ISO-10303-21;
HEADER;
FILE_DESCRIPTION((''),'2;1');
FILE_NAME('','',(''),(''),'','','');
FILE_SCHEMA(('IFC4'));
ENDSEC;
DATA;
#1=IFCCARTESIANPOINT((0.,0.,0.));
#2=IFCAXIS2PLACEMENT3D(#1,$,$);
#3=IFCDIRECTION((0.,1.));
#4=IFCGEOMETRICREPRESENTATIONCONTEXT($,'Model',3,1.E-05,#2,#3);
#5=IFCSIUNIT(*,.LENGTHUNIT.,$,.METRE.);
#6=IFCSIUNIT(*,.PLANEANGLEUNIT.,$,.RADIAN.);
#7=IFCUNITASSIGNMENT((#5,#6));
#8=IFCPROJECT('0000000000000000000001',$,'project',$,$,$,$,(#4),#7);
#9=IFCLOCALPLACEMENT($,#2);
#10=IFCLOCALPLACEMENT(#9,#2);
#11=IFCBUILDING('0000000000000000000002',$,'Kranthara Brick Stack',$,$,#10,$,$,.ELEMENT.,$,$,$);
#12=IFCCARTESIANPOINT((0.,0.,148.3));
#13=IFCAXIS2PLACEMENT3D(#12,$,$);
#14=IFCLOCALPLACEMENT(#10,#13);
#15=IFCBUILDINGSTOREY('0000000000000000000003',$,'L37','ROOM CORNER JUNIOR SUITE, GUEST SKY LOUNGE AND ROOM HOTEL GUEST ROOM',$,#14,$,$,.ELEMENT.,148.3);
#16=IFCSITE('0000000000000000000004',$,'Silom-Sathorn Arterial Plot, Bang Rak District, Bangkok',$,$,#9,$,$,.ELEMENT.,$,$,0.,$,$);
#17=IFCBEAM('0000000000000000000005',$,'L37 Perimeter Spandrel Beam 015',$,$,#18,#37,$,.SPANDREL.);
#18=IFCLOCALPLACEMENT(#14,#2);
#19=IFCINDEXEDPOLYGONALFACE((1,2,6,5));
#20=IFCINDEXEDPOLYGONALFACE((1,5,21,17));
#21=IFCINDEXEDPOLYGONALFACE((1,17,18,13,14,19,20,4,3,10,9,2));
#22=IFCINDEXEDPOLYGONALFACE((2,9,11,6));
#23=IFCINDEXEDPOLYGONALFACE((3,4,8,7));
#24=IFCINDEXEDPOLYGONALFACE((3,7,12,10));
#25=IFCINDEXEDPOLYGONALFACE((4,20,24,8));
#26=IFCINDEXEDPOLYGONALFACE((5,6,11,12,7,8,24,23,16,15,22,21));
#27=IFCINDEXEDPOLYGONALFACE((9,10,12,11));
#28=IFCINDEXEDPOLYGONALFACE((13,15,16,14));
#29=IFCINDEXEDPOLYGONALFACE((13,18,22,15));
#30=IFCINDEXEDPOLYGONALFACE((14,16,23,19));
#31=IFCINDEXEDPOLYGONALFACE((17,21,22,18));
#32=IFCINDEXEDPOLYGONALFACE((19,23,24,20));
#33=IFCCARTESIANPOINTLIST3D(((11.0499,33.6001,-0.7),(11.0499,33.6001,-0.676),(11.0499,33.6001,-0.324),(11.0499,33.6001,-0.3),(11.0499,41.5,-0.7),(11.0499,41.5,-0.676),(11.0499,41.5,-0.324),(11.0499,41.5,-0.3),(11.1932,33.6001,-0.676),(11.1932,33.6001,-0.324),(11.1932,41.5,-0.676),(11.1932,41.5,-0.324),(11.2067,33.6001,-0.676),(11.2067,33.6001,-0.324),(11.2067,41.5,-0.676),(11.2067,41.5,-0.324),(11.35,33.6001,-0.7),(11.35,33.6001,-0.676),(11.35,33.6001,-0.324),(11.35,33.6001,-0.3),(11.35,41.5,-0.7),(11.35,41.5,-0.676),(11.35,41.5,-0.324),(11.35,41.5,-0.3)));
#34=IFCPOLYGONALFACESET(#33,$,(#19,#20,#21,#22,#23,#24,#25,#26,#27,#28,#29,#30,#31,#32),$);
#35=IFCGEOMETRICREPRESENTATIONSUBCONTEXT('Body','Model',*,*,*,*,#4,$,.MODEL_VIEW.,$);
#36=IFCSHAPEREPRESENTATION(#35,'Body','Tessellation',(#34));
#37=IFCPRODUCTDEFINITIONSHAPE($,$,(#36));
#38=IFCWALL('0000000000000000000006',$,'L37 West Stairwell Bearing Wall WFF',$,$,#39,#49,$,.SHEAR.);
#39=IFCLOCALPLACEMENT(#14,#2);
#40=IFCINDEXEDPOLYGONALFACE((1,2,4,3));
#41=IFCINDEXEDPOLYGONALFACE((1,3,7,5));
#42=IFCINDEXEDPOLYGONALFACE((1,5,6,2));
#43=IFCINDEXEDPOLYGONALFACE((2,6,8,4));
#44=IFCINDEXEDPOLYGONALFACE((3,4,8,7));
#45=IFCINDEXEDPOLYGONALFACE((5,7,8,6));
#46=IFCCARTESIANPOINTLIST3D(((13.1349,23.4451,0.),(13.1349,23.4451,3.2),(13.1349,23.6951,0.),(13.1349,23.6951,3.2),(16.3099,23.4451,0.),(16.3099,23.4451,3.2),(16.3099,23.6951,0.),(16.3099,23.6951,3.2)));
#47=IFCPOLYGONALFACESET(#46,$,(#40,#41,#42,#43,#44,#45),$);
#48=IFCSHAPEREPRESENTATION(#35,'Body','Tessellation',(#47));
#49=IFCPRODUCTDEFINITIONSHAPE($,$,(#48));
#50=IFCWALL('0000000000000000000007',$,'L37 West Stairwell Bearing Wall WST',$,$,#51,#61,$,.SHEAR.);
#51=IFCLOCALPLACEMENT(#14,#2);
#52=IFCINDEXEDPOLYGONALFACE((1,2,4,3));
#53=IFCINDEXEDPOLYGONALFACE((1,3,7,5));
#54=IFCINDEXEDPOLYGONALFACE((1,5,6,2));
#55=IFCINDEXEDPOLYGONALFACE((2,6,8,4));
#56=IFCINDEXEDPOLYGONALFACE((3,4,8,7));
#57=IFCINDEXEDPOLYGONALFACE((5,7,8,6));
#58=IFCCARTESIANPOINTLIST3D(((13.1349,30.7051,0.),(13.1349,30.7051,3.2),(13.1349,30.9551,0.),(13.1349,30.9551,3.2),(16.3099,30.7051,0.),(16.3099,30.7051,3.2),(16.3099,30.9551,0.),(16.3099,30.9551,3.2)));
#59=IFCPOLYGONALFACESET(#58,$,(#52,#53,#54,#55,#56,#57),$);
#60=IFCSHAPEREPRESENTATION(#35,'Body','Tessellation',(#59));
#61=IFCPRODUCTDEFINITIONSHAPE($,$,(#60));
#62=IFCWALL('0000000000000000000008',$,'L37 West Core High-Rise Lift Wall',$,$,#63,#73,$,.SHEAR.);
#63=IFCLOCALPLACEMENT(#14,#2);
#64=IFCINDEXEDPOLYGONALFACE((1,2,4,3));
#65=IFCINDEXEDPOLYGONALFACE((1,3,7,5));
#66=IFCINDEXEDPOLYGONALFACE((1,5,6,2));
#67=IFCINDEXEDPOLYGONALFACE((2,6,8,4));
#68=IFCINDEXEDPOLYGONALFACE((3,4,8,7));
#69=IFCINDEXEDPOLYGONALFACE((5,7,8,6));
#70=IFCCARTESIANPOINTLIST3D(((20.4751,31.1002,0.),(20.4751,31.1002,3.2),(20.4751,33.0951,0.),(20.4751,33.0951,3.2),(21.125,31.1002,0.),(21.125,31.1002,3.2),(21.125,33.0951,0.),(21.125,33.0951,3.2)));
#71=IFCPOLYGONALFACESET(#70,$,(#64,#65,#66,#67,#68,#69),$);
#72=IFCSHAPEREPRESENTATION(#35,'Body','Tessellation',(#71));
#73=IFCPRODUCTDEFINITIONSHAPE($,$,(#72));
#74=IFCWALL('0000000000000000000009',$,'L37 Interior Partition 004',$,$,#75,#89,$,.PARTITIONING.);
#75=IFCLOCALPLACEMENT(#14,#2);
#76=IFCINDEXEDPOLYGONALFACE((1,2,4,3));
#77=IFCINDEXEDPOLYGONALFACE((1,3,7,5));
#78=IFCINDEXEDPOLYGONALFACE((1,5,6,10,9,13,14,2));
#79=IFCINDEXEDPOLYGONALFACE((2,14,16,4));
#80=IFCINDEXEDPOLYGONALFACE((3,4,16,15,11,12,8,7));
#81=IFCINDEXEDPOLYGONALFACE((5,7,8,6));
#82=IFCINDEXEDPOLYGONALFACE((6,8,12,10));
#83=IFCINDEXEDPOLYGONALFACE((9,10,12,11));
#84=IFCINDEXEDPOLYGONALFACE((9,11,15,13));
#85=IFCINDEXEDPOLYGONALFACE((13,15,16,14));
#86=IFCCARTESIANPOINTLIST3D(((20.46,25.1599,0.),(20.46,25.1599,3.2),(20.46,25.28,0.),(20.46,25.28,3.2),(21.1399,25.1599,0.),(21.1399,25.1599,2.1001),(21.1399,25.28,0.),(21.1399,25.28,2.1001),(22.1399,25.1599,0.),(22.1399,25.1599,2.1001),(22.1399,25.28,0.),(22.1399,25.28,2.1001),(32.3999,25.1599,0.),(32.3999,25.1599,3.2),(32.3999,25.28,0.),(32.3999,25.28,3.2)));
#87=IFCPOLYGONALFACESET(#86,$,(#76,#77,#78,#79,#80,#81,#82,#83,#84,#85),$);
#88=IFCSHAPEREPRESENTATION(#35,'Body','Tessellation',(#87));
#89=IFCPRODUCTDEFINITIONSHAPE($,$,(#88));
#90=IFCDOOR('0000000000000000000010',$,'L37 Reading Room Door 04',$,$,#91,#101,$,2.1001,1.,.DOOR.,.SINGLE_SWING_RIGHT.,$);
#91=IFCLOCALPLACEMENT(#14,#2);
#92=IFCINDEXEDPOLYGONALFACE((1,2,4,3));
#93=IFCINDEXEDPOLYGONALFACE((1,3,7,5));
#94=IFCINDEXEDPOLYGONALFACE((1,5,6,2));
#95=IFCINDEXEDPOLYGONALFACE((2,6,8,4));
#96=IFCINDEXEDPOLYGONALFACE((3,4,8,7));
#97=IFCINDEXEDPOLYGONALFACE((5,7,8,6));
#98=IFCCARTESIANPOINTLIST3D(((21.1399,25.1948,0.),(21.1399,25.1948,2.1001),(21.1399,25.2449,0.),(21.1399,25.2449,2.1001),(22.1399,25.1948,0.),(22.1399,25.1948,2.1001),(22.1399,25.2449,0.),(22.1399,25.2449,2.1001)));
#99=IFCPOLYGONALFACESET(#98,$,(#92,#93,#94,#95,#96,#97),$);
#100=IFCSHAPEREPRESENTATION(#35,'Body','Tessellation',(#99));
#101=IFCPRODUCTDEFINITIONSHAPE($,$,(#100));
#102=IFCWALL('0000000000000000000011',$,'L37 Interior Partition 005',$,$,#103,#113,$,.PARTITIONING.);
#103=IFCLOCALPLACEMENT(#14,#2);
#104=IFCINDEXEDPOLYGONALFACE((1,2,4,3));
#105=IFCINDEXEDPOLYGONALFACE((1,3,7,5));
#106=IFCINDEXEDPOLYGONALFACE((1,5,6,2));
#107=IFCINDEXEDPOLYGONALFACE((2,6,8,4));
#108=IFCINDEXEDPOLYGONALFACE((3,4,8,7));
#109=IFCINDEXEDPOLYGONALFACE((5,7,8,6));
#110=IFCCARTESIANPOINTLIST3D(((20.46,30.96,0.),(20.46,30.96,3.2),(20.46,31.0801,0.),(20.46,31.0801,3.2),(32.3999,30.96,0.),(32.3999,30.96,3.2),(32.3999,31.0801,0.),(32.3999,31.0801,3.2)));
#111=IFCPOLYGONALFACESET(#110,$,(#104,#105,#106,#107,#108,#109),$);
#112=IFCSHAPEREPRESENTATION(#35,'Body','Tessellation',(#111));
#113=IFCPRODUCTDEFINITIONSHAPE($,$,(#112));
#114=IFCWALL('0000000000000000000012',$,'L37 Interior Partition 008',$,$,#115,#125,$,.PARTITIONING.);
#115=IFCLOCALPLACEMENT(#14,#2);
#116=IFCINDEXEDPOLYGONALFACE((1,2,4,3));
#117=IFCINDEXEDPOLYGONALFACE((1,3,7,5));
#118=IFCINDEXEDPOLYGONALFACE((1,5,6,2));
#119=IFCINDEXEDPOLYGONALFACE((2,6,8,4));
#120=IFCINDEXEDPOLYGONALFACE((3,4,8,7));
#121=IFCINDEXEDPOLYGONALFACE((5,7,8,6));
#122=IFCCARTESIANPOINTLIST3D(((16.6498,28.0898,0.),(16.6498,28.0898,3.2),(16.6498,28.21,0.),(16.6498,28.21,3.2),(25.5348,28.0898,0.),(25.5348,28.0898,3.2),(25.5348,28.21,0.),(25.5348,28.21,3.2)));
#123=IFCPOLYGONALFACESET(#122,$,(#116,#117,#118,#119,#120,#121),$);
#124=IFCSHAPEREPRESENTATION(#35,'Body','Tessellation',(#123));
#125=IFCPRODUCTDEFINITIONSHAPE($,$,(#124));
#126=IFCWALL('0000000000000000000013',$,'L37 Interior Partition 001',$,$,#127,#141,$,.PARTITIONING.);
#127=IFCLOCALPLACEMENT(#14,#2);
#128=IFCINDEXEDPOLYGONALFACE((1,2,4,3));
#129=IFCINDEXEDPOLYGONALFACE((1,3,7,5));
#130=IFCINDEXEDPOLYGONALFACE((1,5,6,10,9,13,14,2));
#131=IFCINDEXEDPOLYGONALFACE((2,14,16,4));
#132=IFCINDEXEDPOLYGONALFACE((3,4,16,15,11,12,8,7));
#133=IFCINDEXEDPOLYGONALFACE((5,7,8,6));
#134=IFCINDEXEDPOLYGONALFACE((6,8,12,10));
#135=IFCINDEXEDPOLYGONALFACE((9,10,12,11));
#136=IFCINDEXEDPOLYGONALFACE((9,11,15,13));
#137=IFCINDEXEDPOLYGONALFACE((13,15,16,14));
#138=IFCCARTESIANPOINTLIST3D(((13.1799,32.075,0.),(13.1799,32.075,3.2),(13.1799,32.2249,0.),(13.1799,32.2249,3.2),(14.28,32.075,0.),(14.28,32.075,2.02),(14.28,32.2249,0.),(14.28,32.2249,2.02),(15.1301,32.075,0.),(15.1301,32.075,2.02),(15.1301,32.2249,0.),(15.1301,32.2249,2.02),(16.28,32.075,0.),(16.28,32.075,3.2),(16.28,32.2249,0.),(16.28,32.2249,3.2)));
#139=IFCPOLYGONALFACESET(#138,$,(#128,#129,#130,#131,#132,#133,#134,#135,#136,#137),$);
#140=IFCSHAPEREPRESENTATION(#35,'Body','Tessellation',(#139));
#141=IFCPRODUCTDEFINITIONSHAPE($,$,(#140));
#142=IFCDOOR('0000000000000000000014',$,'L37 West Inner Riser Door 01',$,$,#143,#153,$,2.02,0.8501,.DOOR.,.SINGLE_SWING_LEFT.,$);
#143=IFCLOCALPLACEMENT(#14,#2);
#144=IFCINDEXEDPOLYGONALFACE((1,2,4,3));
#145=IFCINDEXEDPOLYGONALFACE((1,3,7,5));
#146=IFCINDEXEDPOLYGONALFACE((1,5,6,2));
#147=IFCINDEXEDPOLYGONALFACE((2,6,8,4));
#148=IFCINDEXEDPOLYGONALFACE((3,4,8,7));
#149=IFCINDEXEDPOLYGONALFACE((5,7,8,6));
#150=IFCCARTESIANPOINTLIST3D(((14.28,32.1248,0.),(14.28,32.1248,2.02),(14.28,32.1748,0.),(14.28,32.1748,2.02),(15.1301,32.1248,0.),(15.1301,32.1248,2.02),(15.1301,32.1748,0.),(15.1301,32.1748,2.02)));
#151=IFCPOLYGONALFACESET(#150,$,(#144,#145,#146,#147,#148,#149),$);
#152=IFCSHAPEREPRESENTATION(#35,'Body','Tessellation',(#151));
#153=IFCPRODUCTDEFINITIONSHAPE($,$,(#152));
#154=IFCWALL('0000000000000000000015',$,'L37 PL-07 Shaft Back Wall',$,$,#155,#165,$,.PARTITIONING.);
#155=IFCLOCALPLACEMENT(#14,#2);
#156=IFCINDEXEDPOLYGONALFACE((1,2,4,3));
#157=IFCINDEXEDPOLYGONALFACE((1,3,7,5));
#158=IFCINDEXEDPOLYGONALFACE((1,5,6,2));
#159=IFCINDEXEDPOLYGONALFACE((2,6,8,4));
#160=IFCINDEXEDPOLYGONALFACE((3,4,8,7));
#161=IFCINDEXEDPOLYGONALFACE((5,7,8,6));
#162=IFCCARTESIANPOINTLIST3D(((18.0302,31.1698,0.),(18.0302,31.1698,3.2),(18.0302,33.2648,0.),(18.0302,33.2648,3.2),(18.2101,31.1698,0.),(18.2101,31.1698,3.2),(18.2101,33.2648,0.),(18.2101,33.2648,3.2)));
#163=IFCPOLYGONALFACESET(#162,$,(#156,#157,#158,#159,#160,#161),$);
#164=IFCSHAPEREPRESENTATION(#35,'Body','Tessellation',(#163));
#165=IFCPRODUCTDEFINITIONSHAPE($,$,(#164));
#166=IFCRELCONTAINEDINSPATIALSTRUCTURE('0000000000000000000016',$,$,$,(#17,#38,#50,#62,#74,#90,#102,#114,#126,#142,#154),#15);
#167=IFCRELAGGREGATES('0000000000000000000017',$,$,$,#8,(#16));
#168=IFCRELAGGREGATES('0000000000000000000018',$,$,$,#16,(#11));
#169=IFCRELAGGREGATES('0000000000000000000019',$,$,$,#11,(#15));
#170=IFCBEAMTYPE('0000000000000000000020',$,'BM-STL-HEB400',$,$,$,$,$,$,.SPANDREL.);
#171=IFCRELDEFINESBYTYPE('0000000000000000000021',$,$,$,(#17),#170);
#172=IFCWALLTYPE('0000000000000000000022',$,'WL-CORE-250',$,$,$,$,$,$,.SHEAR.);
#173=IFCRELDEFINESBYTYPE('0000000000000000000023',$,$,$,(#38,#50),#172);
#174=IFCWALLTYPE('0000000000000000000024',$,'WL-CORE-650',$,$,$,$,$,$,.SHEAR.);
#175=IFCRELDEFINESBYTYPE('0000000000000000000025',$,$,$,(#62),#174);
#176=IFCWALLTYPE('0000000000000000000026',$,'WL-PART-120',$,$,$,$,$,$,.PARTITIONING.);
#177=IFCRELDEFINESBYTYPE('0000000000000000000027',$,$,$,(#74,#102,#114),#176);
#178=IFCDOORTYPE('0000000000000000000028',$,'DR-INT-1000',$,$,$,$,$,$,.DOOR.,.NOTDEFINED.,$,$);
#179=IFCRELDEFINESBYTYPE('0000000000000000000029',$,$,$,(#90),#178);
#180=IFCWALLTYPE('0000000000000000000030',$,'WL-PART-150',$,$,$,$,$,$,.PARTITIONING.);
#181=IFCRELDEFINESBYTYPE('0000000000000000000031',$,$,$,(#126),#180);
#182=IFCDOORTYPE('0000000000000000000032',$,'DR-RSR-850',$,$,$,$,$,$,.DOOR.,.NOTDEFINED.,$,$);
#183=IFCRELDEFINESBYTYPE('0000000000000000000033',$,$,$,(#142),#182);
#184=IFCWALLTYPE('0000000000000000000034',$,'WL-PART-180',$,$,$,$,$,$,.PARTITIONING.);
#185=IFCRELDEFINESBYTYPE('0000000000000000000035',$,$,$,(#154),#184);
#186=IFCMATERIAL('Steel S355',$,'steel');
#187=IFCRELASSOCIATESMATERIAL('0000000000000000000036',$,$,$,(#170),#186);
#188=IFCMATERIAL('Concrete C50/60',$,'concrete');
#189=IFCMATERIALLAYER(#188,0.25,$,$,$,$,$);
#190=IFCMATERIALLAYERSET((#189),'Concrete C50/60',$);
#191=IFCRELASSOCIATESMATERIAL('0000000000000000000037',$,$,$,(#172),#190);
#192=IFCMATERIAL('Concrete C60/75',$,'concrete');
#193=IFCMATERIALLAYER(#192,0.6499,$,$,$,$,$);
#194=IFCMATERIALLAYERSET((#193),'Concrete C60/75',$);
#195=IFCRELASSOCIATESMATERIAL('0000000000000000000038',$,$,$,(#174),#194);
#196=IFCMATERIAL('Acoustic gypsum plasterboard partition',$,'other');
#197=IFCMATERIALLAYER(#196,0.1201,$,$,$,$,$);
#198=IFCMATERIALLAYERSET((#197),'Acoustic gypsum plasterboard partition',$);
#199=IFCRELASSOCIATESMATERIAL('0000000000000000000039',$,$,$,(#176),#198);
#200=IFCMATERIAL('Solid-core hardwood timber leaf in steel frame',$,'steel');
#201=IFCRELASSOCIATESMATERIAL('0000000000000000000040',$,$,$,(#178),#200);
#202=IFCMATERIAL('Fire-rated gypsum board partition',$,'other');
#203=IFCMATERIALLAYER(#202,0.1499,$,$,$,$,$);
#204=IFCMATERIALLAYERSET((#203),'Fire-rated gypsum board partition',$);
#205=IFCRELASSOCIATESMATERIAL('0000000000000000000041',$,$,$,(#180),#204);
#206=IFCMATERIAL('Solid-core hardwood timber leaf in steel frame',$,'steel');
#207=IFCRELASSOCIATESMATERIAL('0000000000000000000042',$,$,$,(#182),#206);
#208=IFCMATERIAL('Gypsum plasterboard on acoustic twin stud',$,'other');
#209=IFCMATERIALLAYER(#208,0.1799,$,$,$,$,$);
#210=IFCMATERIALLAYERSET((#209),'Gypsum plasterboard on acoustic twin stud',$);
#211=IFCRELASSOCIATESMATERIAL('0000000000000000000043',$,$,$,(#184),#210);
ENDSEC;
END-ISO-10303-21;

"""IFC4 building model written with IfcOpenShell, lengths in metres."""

from ifc_helpers import new_model, si_unit, direction, frame, frame_2d, origin, origin_2d, place, context, subcontext, project, spatial, rectangle, i_section, extrude, material, layer, layer_set, material_profile, profile_set, type_object, element, fill, save


model = new_model("IFC4")

# Units and contexts
model_context = context("Model", 3, precision=1e-05, world=origin(), true_north=direction((0.0, 1.0)))
body_context = subcontext(model_context, "Body", "Model", "MODEL_VIEW")
ifc_project = project(units=[si_unit("LENGTHUNIT", "METRE"), si_unit("PLANEANGLEUNIT", "RADIAN")], contexts=[model_context])

# Site, building, storey
site_placement = place(None, origin())
site = spatial("IfcSite", under=ifc_project, at=site_placement, Name="Silom-Sathorn Arterial Plot, Bang Rak District, Bangkok", CompositionType="ELEMENT", RefElevation=0.0)
building_placement = place(site_placement, origin())
building = spatial("IfcBuilding", under=site, at=building_placement, Name="Kranthara Brick Stack", CompositionType="ELEMENT")
storey_placement = place(building_placement, frame((0.0, 0.0, 148.3)))
storey = spatial("IfcBuildingStorey", under=building, at=storey_placement, Name="L37", Description="ROOM CORNER JUNIOR SUITE, GUEST SKY LOUNGE AND ROOM HOTEL GUEST ROOM", CompositionType="ELEMENT", Elevation=148.3)

# Beam
ifc_material_1 = material(Name="Steel S355", Category="steel")
ifc_material_profile_1 = material_profile(ifc_material_1, i_section(OverallWidth=0.3, OverallDepth=0.3999, WebThickness=0.0134, FlangeThickness=0.0239, at=origin_2d()), Name="HEB 400")
ifc_profile_set_1 = profile_set([ifc_material_profile_1], Name="Steel S355")
beam_type_1 = type_object("IfcBeamType", Name="BM-STL-HEB400", PredefinedType="SPANDREL", material=ifc_profile_set_1)
beam_1_placement = place(storey_placement, frame((11.2, 33.6001, -0.5), z_axis=(0.0, 1.0, 0.0), x_axis=(-1.0, 0.0, 0.0)))
element("IfcBeam", 1, at=beam_1_placement, inside=storey, type_object=beam_type_1, Name="L37 Perimeter Spandrel Beam 015", PredefinedType="SPANDREL", context=body_context, shape_type="SweptSolid", body=[
    extrude(i_section(OverallWidth=0.3, OverallDepth=0.3999, WebThickness=0.0134, FlangeThickness=0.0239, at=origin_2d()), origin(), (0.0, 0.0, 1.0), 7.8999),
])

# Walls
ifc_material_2 = material(Name="Concrete C50/60", Category="concrete")
ifc_layer_1 = layer(ifc_material_2, 0.25)
ifc_layer_set_1 = layer_set([ifc_layer_1], Name="Concrete C50/60")
wall_type_1 = type_object("IfcWallType", Name="WL-CORE-250", PredefinedType="SHEAR", material=ifc_layer_set_1)
for number, where, z_axis, x_axis, name in (
    (2, (13.135, 23.5701, 0.0), (0.0, 0.0, 1.0), (1.0, 0.0, 0.0), "L37 West Stairwell Bearing Wall WFF"),
    (3, (13.135, 30.8301, 0.0), (0.0, 0.0, 1.0), (1.0, 0.0, 0.0), "L37 West Stairwell Bearing Wall WST"),
):
    element("IfcWall", number, at=place(storey_placement, frame(where, z_axis=z_axis, x_axis=x_axis)), inside=storey, type_object=wall_type_1, Name=name, PredefinedType="SHEAR", context=body_context, shape_type="SweptSolid", body=[
        extrude(rectangle(XDim=3.175, YDim=0.25, at=frame_2d((1.5874, 0.0))), origin(), (0.0, 0.0, 1.0), 3.2),
    ])

# Shared definitions
ifc_material_3 = material(Name="Concrete C60/75", Category="concrete")
ifc_layer_2 = layer(ifc_material_3, 0.6499)
ifc_layer_set_2 = layer_set([ifc_layer_2], Name="Concrete C60/75")
wall_type_2 = type_object("IfcWallType", Name="WL-CORE-650", PredefinedType="SHEAR", material=ifc_layer_set_2)

# Wall
wall_1_placement = place(storey_placement, frame((20.8, 31.1001, 0.0), z_axis=(0.0, 0.0, 1.0), x_axis=(0.0, 1.0, 0.0)))
element("IfcWall", 4, at=wall_1_placement, inside=storey, type_object=wall_type_2, Name="L37 West Core High-Rise Lift Wall", PredefinedType="SHEAR", context=body_context, shape_type="SweptSolid", body=[
    extrude(rectangle(XDim=1.9949, YDim=0.6499, at=frame_2d((0.9976, 0.0))), origin(), (0.0, 0.0, 1.0), 3.2),
])

# Wall, opening, door
ifc_material_4 = material(Name="Acoustic gypsum plasterboard partition", Category="other")
ifc_layer_3 = layer(ifc_material_4, 0.1201)
ifc_layer_set_3 = layer_set([ifc_layer_3], Name="Acoustic gypsum plasterboard partition")
wall_type_3 = type_object("IfcWallType", Name="WL-PART-120", PredefinedType="PARTITIONING", material=ifc_layer_set_3)
wall_2_placement = place(storey_placement, frame((20.46, 25.22, 0.0), z_axis=(0.0, 0.0, 1.0), x_axis=(1.0, 0.0, 0.0)))
wall_2 = element("IfcWall", 5, at=wall_2_placement, inside=storey, type_object=wall_type_3, Name="L37 Interior Partition 004", PredefinedType="PARTITIONING", context=body_context, shape_type="SweptSolid", body=[
    extrude(rectangle(XDim=11.9399, YDim=0.1201, at=frame_2d((5.97, 0.0))), origin(), (0.0, 0.0, 1.0), 3.2),
])
opening_1_placement = place(wall_2_placement, frame((0.6799, 0.0, 0.0)))
opening_1 = element("IfcOpeningElement", 6, at=opening_1_placement, cuts=wall_2, PredefinedType="OPENING", context=body_context, shape_type="SweptSolid", body=[
    extrude(rectangle(XDim=1.0, YDim=2.1001, at=frame_2d((0.5, 1.05))), frame((0.0, 0.0701, 0.0), z_axis=(0.0, -1.0, 0.0), x_axis=(1.0, 0.0, 0.0)), (0.0, 0.0, 1.0), 0.1401),
])
ifc_material_5 = material(Name="Solid-core hardwood timber leaf in steel frame", Category="steel")
door_type_1 = type_object("IfcDoorType", Name="DR-INT-1000", OperationType="NOTDEFINED", PredefinedType="DOOR", material=ifc_material_5)
door_1_placement = place(opening_1_placement, origin())
door_1 = element("IfcDoor", 7, at=door_1_placement, inside=storey, type_object=door_type_1, Name="L37 Reading Room Door 04", OperationType="SINGLE_SWING_RIGHT", OverallHeight=2.1001, OverallWidth=1.0, PredefinedType="DOOR", context=body_context, shape_type="SweptSolid", body=[
    extrude(rectangle(XDim=1.0, YDim=2.1001, at=frame_2d((0.5, 1.05))), frame((0.0, 0.0249, 0.0), z_axis=(0.0, -1.0, 0.0), x_axis=(1.0, 0.0, 0.0)), (0.0, 0.0, 1.0), 0.05),
])
fill(opening_1, door_1)

# Walls
wall_3_placement = place(storey_placement, frame((20.46, 31.02, 0.0), z_axis=(0.0, 0.0, 1.0), x_axis=(1.0, 0.0, 0.0)))
element("IfcWall", 8, at=wall_3_placement, inside=storey, type_object=wall_type_3, Name="L37 Interior Partition 005", PredefinedType="PARTITIONING", context=body_context, shape_type="SweptSolid", body=[
    extrude(rectangle(XDim=11.9399, YDim=0.1201, at=frame_2d((5.97, 0.0))), origin(), (0.0, 0.0, 1.0), 3.2),
])
wall_4_placement = place(storey_placement, frame((16.6499, 28.1499, 0.0), z_axis=(0.0, 0.0, 1.0), x_axis=(1.0, 0.0, 0.0)))
element("IfcWall", 9, at=wall_4_placement, inside=storey, type_object=wall_type_3, Name="L37 Interior Partition 008", PredefinedType="PARTITIONING", context=body_context, shape_type="SweptSolid", body=[
    extrude(rectangle(XDim=8.885, YDim=0.1201, at=frame_2d((4.4424, 0.0))), origin(), (0.0, 0.0, 1.0), 3.2),
])

# Wall, opening, door
ifc_material_6 = material(Name="Fire-rated gypsum board partition", Category="other")
ifc_layer_4 = layer(ifc_material_6, 0.1499)
ifc_layer_set_4 = layer_set([ifc_layer_4], Name="Fire-rated gypsum board partition")
wall_type_4 = type_object("IfcWallType", Name="WL-PART-150", PredefinedType="PARTITIONING", material=ifc_layer_set_4)
wall_5_placement = place(storey_placement, frame((13.1799, 32.1499, 0.0), z_axis=(0.0, 0.0, 1.0), x_axis=(1.0, 0.0, 0.0)))
wall_5 = element("IfcWall", 10, at=wall_5_placement, inside=storey, type_object=wall_type_4, Name="L37 Interior Partition 001", PredefinedType="PARTITIONING", context=body_context, shape_type="SweptSolid", body=[
    extrude(rectangle(XDim=3.1001, YDim=0.1499, at=frame_2d((1.55, 0.0))), origin(), (0.0, 0.0, 1.0), 3.2),
])
opening_2_placement = place(wall_5_placement, frame((1.1001, 0.0, 0.0)))
opening_2 = element("IfcOpeningElement", 11, at=opening_2_placement, cuts=wall_5, PredefinedType="OPENING", context=body_context, shape_type="SweptSolid", body=[
    extrude(rectangle(XDim=0.8501, YDim=2.02, at=frame_2d((0.425, 1.01))), frame((0.0, 0.085, 0.0), z_axis=(0.0, -1.0, 0.0), x_axis=(1.0, 0.0, 0.0)), (0.0, 0.0, 1.0), 0.1699),
])
ifc_material_7 = material(Name="Solid-core hardwood timber leaf in steel frame", Category="steel")
door_type_2 = type_object("IfcDoorType", Name="DR-RSR-850", OperationType="NOTDEFINED", PredefinedType="DOOR", material=ifc_material_7)
door_2_placement = place(opening_2_placement, origin())
door_2 = element("IfcDoor", 12, at=door_2_placement, inside=storey, type_object=door_type_2, Name="L37 West Inner Riser Door 01", OperationType="SINGLE_SWING_LEFT", OverallHeight=2.02, OverallWidth=0.8501, PredefinedType="DOOR", context=body_context, shape_type="SweptSolid", body=[
    extrude(rectangle(XDim=0.8501, YDim=2.02, at=frame_2d((0.425, 1.01))), frame((0.0, 0.0249, 0.0), z_axis=(0.0, -1.0, 0.0), x_axis=(1.0, 0.0, 0.0)), (0.0, 0.0, 1.0), 0.05),
])
fill(opening_2, door_2)

# Wall
ifc_material_8 = material(Name="Gypsum plasterboard on acoustic twin stud", Category="other")
ifc_layer_5 = layer(ifc_material_8, 0.1799)
ifc_layer_set_5 = layer_set([ifc_layer_5], Name="Gypsum plasterboard on acoustic twin stud")
wall_type_5 = type_object("IfcWallType", Name="WL-PART-180", PredefinedType="PARTITIONING", material=ifc_layer_set_5)
wall_6_placement = place(storey_placement, frame((18.1201, 31.1699, 0.0), z_axis=(0.0, 0.0, 1.0), x_axis=(0.0, 1.0, 0.0)))
element("IfcWall", 13, at=wall_6_placement, inside=storey, type_object=wall_type_5, Name="L37 PL-07 Shaft Back Wall", PredefinedType="PARTITIONING", context=body_context, shape_type="SweptSolid", body=[
    extrude(rectangle(XDim=2.095, YDim=0.1799, at=frame_2d((1.0474, 0.0))), origin(), (0.0, 0.0, 1.0), 3.2),
])

save(model, "model.ifc")
